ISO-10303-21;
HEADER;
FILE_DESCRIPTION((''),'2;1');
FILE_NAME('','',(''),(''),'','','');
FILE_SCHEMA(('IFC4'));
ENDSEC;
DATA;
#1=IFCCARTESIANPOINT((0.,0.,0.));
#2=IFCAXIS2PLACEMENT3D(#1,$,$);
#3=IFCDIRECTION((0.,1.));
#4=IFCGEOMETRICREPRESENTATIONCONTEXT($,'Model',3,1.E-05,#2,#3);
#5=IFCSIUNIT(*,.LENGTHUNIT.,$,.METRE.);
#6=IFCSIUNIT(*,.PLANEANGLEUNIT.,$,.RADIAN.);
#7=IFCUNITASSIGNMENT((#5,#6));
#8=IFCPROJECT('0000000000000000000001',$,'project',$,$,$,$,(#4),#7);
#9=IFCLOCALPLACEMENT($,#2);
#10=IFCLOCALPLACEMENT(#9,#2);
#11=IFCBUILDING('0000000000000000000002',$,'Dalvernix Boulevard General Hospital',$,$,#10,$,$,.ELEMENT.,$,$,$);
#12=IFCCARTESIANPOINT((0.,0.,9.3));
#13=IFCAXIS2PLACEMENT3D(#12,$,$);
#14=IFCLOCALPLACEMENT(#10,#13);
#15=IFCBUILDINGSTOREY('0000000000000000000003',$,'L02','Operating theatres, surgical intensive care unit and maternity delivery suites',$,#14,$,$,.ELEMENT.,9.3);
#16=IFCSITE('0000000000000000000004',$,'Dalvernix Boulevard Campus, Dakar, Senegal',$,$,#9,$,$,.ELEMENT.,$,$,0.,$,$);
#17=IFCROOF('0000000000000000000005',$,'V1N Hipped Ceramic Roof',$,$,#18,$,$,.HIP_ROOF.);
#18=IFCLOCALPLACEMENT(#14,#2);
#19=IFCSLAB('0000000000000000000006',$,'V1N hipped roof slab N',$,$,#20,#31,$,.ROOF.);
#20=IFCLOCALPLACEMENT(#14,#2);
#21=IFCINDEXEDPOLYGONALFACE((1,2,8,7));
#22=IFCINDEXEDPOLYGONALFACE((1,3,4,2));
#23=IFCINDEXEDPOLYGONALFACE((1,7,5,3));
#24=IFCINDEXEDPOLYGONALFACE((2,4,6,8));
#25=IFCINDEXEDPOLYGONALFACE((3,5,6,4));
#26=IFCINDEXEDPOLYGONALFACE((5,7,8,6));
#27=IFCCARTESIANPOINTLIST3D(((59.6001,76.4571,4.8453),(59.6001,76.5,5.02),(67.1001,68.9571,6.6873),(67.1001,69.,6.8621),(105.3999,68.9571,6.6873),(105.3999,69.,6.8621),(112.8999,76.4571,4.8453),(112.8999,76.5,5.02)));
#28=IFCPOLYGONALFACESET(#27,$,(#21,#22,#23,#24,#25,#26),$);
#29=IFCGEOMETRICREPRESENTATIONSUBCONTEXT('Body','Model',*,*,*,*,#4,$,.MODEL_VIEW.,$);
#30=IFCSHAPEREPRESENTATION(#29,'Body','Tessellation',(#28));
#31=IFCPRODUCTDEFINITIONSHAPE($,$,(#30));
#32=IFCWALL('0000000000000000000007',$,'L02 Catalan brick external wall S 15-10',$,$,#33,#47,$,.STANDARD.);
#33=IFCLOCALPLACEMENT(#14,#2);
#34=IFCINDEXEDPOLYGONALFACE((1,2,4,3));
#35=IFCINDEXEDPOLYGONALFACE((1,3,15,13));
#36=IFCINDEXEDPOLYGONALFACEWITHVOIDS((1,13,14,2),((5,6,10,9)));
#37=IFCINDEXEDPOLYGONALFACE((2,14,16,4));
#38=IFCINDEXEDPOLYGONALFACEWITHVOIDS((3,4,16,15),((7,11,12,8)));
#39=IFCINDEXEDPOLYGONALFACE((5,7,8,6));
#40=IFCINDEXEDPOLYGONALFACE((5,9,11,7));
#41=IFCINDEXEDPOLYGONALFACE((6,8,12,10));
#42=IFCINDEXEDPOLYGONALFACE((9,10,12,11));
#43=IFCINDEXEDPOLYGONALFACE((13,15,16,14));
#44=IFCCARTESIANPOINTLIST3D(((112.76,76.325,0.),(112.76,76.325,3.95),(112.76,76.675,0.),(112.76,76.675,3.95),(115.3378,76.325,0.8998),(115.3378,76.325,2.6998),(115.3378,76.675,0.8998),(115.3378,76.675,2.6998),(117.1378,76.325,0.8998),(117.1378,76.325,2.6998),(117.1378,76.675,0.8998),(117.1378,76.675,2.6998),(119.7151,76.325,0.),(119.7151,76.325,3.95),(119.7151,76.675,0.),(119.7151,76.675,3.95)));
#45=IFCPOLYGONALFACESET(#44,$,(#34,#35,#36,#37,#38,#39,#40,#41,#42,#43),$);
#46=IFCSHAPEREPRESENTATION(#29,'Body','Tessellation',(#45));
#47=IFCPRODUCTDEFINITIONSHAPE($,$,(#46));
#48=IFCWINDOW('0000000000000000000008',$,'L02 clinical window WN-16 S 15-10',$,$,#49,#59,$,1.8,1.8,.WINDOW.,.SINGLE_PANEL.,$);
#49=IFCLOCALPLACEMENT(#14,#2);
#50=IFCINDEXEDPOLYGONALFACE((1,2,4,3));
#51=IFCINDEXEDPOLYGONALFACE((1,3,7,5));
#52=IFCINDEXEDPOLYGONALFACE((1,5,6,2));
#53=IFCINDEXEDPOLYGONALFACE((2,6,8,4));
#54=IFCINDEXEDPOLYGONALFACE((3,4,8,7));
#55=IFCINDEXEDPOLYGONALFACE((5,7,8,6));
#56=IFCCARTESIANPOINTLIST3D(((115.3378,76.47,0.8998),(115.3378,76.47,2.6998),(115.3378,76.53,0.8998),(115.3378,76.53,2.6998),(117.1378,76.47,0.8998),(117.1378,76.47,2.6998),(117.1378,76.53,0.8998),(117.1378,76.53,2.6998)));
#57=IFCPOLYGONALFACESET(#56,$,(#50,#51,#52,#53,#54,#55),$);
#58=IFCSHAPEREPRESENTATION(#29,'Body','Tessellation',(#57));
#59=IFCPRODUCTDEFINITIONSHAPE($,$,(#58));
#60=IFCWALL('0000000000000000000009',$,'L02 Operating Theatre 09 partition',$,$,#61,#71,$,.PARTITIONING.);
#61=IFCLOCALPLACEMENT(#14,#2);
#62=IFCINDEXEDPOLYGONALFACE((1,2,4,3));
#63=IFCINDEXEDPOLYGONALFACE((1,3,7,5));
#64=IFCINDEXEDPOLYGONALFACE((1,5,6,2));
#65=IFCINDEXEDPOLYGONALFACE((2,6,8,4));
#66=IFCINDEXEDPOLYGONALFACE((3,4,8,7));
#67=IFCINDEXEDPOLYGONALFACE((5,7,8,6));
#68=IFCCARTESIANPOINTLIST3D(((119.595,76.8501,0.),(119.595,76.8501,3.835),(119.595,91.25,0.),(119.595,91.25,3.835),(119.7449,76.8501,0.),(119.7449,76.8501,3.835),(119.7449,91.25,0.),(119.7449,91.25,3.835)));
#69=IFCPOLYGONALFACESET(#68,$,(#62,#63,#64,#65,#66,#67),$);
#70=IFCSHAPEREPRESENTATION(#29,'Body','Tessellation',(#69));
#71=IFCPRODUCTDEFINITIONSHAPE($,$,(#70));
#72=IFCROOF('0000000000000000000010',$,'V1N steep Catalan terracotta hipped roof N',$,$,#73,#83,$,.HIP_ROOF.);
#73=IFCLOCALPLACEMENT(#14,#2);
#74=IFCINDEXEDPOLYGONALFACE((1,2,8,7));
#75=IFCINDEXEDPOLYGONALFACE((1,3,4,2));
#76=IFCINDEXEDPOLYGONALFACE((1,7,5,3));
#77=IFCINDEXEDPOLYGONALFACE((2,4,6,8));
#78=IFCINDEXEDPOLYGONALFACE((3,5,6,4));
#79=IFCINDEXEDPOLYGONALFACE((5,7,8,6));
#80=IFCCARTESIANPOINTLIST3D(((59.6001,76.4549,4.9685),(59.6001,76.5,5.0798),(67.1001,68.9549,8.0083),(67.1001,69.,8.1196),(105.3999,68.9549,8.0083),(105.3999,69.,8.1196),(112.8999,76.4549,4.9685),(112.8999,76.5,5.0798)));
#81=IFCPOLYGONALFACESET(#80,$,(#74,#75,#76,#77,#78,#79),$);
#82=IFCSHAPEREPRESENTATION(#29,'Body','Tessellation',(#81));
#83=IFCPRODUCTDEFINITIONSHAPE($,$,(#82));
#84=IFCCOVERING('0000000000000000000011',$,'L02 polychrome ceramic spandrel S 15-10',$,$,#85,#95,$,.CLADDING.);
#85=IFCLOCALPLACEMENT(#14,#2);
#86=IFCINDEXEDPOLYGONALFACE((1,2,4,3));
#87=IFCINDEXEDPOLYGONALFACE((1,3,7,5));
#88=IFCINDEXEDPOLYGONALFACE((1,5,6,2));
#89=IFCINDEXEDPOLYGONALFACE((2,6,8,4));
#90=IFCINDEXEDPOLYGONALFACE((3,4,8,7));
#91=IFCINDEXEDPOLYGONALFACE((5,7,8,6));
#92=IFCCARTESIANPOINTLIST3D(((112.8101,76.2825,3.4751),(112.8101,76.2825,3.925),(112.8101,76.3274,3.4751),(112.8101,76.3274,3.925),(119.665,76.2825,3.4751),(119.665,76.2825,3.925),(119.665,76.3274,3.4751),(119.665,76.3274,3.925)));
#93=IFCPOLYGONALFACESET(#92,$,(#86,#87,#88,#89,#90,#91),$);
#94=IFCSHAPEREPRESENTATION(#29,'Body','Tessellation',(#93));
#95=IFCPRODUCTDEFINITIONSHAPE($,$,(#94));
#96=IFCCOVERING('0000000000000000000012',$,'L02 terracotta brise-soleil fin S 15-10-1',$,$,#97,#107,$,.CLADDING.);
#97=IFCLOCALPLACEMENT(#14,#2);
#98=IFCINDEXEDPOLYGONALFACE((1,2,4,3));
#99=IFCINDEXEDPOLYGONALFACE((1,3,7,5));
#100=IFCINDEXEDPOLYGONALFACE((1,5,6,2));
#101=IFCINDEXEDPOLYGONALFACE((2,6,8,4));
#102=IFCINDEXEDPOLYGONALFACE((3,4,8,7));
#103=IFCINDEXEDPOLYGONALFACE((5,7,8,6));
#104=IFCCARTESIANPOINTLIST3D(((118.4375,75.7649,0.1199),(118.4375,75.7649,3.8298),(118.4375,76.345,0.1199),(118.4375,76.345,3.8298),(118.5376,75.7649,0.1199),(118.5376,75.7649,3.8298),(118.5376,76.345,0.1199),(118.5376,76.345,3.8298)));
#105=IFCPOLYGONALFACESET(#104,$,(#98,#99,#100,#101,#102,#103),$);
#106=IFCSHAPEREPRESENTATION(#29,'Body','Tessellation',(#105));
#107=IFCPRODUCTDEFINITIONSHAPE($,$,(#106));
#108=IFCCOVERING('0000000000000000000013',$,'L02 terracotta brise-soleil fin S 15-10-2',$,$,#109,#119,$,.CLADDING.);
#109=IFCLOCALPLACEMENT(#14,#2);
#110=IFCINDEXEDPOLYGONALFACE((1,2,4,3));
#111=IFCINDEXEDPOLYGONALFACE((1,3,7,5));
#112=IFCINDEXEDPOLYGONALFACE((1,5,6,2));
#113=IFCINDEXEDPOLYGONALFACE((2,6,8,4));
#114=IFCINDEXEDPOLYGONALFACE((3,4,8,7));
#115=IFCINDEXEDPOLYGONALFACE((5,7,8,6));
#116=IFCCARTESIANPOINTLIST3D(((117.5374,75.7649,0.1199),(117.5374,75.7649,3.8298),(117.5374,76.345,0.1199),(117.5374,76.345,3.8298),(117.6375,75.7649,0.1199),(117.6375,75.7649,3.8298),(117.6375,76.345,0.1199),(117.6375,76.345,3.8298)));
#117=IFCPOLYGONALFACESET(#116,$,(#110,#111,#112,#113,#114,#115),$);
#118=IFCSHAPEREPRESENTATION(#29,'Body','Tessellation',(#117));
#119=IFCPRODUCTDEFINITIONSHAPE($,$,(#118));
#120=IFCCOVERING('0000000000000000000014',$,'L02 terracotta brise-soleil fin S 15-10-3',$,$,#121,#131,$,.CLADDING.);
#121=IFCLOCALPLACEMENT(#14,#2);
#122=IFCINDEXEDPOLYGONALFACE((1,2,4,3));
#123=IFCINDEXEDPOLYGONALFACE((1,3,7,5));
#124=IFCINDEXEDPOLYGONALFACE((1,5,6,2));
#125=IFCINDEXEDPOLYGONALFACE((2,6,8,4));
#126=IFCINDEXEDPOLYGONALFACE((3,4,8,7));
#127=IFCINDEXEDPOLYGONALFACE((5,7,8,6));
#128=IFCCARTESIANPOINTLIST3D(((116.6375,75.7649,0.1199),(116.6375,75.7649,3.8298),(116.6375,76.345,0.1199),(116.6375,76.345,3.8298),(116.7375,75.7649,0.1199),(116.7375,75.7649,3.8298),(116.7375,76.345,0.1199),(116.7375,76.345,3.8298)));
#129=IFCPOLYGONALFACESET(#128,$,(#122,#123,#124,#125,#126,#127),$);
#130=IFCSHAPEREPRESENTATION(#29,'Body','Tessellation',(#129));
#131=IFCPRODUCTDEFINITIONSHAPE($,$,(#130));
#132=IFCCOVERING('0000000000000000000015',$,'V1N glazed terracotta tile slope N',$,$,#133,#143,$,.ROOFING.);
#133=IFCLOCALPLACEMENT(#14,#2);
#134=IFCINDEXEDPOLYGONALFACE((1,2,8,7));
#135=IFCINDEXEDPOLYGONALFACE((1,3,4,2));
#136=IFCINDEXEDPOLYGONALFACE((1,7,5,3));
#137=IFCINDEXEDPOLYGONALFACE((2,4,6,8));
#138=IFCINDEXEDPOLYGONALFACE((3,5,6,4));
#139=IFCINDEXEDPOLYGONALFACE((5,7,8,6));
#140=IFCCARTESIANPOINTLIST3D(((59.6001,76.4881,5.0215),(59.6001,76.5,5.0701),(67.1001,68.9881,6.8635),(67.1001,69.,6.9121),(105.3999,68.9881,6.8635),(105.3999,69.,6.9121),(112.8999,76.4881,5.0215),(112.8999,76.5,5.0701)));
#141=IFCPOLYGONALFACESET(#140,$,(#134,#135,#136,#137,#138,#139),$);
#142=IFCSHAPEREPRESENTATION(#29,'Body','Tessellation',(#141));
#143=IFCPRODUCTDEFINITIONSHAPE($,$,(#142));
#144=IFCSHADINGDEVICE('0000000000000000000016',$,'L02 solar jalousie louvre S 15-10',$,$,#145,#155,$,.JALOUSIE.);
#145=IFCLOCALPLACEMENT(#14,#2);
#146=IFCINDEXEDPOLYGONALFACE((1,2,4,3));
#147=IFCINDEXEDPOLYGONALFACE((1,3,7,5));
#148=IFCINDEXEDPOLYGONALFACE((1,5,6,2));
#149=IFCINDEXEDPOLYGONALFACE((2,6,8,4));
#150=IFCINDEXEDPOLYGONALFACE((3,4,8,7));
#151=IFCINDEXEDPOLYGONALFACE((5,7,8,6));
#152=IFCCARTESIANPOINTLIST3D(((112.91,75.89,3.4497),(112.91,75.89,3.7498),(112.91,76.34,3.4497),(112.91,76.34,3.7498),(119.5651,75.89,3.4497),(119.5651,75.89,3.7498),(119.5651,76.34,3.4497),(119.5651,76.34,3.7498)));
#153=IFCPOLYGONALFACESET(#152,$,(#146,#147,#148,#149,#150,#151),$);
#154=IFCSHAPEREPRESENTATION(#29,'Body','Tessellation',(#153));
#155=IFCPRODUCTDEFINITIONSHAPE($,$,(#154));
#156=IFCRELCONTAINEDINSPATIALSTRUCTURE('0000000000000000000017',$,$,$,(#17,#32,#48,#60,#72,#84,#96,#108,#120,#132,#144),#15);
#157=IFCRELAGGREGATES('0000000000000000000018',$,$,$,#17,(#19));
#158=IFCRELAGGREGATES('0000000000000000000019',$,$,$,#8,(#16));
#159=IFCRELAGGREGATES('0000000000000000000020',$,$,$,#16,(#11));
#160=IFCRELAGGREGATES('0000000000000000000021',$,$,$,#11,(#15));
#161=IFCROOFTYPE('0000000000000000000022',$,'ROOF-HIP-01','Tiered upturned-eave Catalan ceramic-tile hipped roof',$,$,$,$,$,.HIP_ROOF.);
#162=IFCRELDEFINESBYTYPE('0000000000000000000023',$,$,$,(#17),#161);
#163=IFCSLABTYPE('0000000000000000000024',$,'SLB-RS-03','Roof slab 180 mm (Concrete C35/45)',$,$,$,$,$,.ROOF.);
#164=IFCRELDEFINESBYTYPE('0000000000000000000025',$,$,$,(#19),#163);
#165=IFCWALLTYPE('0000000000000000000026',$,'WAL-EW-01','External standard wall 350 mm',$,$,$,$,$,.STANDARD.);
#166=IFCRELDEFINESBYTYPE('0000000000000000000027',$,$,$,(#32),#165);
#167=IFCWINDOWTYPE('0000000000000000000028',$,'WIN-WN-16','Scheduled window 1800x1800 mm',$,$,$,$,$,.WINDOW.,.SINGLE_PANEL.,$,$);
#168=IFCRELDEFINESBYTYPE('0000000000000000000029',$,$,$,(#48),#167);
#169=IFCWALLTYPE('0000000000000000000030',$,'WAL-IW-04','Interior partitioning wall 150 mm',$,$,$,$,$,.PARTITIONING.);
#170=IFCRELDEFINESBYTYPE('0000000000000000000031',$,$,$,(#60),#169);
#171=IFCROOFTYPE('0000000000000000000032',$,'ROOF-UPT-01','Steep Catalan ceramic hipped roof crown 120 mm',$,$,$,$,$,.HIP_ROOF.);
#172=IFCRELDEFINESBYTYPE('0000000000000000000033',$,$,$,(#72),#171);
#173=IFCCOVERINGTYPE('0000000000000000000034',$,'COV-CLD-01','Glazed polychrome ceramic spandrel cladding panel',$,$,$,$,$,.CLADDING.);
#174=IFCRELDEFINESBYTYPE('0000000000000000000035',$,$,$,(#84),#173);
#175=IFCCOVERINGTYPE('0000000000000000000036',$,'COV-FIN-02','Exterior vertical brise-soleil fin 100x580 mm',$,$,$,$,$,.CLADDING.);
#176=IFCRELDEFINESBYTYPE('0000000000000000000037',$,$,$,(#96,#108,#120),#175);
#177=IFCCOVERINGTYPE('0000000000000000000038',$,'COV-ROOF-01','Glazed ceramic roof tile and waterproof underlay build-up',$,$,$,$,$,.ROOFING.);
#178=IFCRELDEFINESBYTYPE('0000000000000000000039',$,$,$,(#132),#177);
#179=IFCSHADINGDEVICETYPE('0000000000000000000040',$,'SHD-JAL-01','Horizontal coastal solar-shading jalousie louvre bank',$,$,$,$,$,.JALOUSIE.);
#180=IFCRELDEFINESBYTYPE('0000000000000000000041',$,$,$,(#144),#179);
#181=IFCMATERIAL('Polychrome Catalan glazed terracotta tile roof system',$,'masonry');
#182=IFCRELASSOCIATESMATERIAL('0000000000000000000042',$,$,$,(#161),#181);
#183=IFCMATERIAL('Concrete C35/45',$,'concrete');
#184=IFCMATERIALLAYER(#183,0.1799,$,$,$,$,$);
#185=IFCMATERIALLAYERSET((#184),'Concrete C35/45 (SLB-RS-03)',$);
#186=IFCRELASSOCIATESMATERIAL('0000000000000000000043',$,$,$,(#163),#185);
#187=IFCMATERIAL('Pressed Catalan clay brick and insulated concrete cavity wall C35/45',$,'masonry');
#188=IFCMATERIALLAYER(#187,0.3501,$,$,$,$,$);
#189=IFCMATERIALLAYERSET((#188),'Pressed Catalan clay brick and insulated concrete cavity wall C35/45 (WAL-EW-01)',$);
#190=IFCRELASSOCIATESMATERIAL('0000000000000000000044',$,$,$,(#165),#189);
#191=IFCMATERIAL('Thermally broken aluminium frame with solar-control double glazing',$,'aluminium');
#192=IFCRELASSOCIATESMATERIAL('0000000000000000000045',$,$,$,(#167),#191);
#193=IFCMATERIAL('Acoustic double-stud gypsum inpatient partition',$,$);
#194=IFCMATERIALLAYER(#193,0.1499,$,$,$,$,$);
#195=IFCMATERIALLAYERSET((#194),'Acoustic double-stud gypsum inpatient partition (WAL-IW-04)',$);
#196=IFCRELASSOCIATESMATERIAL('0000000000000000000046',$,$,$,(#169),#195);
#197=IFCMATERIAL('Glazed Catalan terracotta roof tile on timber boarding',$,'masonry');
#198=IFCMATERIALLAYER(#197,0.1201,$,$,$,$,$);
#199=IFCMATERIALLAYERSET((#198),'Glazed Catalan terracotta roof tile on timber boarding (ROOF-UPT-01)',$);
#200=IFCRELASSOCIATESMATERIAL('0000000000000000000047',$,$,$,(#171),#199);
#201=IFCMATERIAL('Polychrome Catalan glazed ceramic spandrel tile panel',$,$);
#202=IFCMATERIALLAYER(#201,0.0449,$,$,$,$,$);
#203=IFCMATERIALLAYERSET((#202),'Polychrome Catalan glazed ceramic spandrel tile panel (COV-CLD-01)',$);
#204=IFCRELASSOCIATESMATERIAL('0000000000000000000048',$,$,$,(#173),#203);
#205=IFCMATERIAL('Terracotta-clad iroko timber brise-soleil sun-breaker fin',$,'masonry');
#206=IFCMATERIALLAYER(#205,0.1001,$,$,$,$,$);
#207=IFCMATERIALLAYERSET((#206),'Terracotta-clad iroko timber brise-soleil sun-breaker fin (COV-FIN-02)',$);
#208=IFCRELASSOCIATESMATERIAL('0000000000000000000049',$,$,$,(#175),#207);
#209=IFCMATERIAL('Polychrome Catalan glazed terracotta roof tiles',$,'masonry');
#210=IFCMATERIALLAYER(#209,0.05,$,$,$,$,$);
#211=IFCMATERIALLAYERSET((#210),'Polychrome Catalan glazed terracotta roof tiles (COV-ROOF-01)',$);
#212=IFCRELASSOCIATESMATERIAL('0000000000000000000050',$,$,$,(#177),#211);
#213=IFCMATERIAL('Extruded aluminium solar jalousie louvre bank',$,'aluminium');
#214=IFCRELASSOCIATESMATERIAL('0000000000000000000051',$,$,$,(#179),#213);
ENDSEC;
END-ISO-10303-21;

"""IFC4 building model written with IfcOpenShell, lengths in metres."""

from ifc_helpers import new_model, si_unit, direction, frame, frame_2d, origin, origin_2d, place, context, subcontext, project, spatial, polyline, rectangle, outline, extrude, material, layer, layer_set, type_object, element, fill, aggregate, save


model = new_model("IFC4")

# Units and contexts
model_context = context("Model", 3, precision=1e-05, world=origin(), true_north=direction((0.0, 1.0)))
body_context = subcontext(model_context, "Body", "Model", "MODEL_VIEW")
ifc_project = project(units=[si_unit("LENGTHUNIT", "METRE"), si_unit("PLANEANGLEUNIT", "RADIAN")], contexts=[model_context])

# Site, building, storey
site_placement = place(None, origin())
site = spatial("IfcSite", under=ifc_project, at=site_placement, Name="Dalvernix Boulevard Campus, Dakar, Senegal", CompositionType="ELEMENT", RefElevation=0.0)
building_placement = place(site_placement, origin())
building = spatial("IfcBuilding", under=site, at=building_placement, Name="Dalvernix Boulevard General Hospital", CompositionType="ELEMENT")
storey_placement = place(building_placement, frame((0.0, 0.0, 9.3)))
storey = spatial("IfcBuildingStorey", under=building, at=storey_placement, Name="L02", Description="Operating theatres, surgical intensive care unit and maternity delivery suites", CompositionType="ELEMENT", Elevation=9.3)

# Shared definitions
ifc_material_1 = material(Name="Concrete C35/45", Category="concrete")

# Roof, slab
ifc_material_2 = material(Name="Polychrome Catalan glazed terracotta tile roof system", Category="masonry")
roof_type_1 = type_object("IfcRoofType", Name="ROOF-HIP-01", Description="Tiered upturned-eave Catalan ceramic-tile hipped roof", PredefinedType="HIP_ROOF", material=ifc_material_2)
roof_1_placement = place(storey_placement, origin())
roof_1 = element("IfcRoof", 1, at=roof_1_placement, inside=storey, type_object=roof_type_1, Name="V1N Hipped Ceramic Roof", PredefinedType="HIP_ROOF")
ifc_layer_1 = layer(ifc_material_1, 0.1799)
ifc_layer_set_1 = layer_set([ifc_layer_1], Name="Concrete C35/45 (SLB-RS-03)")
slab_type = type_object("IfcSlabType", Name="SLB-RS-03", Description="Roof slab 180 mm (Concrete C35/45)", PredefinedType="ROOF", material=ifc_layer_set_1)
slab_placement = place(storey_placement, frame((112.8999, 76.5, 5.02), z_axis=(0.0, 0.238517, 0.971138), x_axis=(-1.0, 0.0, 0.0)))
slab = element("IfcSlab", 2, at=slab_placement, type_object=slab_type, Name="V1N hipped roof slab N", PredefinedType="ROOF", context=body_context, shape_type="SweptSolid", body=[
    extrude(outline(polyline([(0.0, 0.0), (53.2998, 0.0), (45.7998, 7.7229), (7.5, 7.7229), (0.0, 0.0)])), origin(), (0.0, 0.0, -1.0), 0.1799),
])
aggregate(roof_1, [slab])

# Wall, opening, window
ifc_material_3 = material(Name="Pressed Catalan clay brick and insulated concrete cavity wall C35/45", Category="masonry")
ifc_layer_2 = layer(ifc_material_3, 0.3501)
ifc_layer_set_2 = layer_set([ifc_layer_2], Name="Pressed Catalan clay brick and insulated concrete cavity wall C35/45 (WAL-EW-01)")
wall_type_1 = type_object("IfcWallType", Name="WAL-EW-01", Description="External standard wall 350 mm", PredefinedType="STANDARD", material=ifc_layer_set_2)
wall_1_placement = place(storey_placement, frame((119.7151, 76.5, 0.0), z_axis=(0.0, 0.0, 1.0), x_axis=(-1.0, 0.0, 0.0)))
wall_1 = element("IfcWall", 3, at=wall_1_placement, inside=storey, type_object=wall_type_1, Name="L02 Catalan brick external wall S 15-10", PredefinedType="STANDARD", context=body_context, shape_type="SweptSolid", body=[
    extrude(rectangle(XDim=6.9551, YDim=0.3501, at=frame_2d((3.4775, 0.0))), origin(), (0.0, 0.0, 1.0), 3.95),
])
opening_placement = place(wall_1_placement, frame((2.5774, 0.0, 0.8999)))
opening = element("IfcOpeningElement", 4, at=opening_placement, cuts=wall_1, PredefinedType="OPENING", context=body_context, shape_type="SweptSolid", body=[
    extrude(rectangle(XDim=1.8, YDim=1.8, at=frame_2d((0.8999, 0.8999))), frame((0.0, 0.1851, 0.0), z_axis=(0.0, -1.0, 0.0), x_axis=(1.0, 0.0, 0.0)), (0.0, 0.0, 1.0), 0.3701),
])
ifc_material_4 = material(Name="Thermally broken aluminium frame with solar-control double glazing", Category="aluminium")
window_type = type_object("IfcWindowType", Name="WIN-WN-16", Description="Scheduled window 1800x1800 mm", PartitioningType="SINGLE_PANEL", PredefinedType="WINDOW", material=ifc_material_4)
window_placement = place(opening_placement, origin())
window = element("IfcWindow", 5, at=window_placement, inside=storey, type_object=window_type, Name="L02 clinical window WN-16 S 15-10", OverallHeight=1.8, OverallWidth=1.8, PartitioningType="SINGLE_PANEL", PredefinedType="WINDOW", context=body_context, shape_type="SweptSolid", body=[
    extrude(rectangle(XDim=1.8, YDim=1.8, at=frame_2d((0.8999, 0.8999))), frame((0.0, 0.03, 0.0), z_axis=(0.0, -1.0, 0.0), x_axis=(1.0, 0.0, 0.0)), (0.0, 0.0, 1.0), 0.0601),
])
fill(opening, window)

# Wall
ifc_material_5 = material(Name="Acoustic double-stud gypsum inpatient partition")
ifc_layer_3 = layer(ifc_material_5, 0.1499)
ifc_layer_set_3 = layer_set([ifc_layer_3], Name="Acoustic double-stud gypsum inpatient partition (WAL-IW-04)")
wall_type_2 = type_object("IfcWallType", Name="WAL-IW-04", Description="Interior partitioning wall 150 mm", PredefinedType="PARTITIONING", material=ifc_layer_set_3)
wall_2_placement = place(storey_placement, frame((119.6699, 76.8501, 0.0), z_axis=(0.0, 0.0, 1.0), x_axis=(0.0, 1.0, 0.0)))
element("IfcWall", 6, at=wall_2_placement, inside=storey, type_object=wall_type_2, Name="L02 Operating Theatre 09 partition", PredefinedType="PARTITIONING", context=body_context, shape_type="SweptSolid", body=[
    extrude(rectangle(XDim=14.3999, YDim=0.1499, at=frame_2d((7.2, 0.0))), origin(), (0.0, 0.0, 1.0), 3.835),
])

# Roof
ifc_material_6 = material(Name="Glazed Catalan terracotta roof tile on timber boarding", Category="masonry")
ifc_layer_4 = layer(ifc_material_6, 0.1201)
ifc_layer_set_4 = layer_set([ifc_layer_4], Name="Glazed Catalan terracotta roof tile on timber boarding (ROOF-UPT-01)")
roof_type_2 = type_object("IfcRoofType", Name="ROOF-UPT-01", Description="Steep Catalan ceramic hipped roof crown 120 mm", PredefinedType="HIP_ROOF", material=ifc_layer_set_4)
roof_2_placement = place(storey_placement, frame((112.8999, 76.5, 5.0798), z_axis=(0.0, 0.375626, 0.926771), x_axis=(-1.0, 0.0, 0.0)))
element("IfcRoof", 7, at=roof_2_placement, inside=storey, type_object=roof_type_2, Name="V1N steep Catalan terracotta hipped roof N", PredefinedType="HIP_ROOF", context=body_context, shape_type="SweptSolid", body=[
    extrude(outline(polyline([(0.0, 0.0), (53.2998, 0.0), (45.7998, 8.0926), (7.5, 8.0926), (0.0, 0.0)])), origin(), (0.0, 0.0, -1.0), 0.1201),
])

# Coverings
ifc_material_7 = material(Name="Polychrome Catalan glazed ceramic spandrel tile panel")
ifc_layer_5 = layer(ifc_material_7, 0.0449)
ifc_layer_set_5 = layer_set([ifc_layer_5], Name="Polychrome Catalan glazed ceramic spandrel tile panel (COV-CLD-01)")
covering_type_1 = type_object("IfcCoveringType", Name="COV-CLD-01", Description="Glazed polychrome ceramic spandrel cladding panel", PredefinedType="CLADDING", material=ifc_layer_set_5)
covering_1_placement = place(storey_placement, frame((116.2375, 76.3049, 3.4751), z_axis=(0.0, 0.0, 1.0), x_axis=(-1.0, 0.0, 0.0)))
element("IfcCovering", 8, at=covering_1_placement, inside=storey, type_object=covering_type_1, Name="L02 polychrome ceramic spandrel S 15-10", PredefinedType="CLADDING", context=body_context, shape_type="SweptSolid", body=[
    extrude(rectangle(XDim=6.855, YDim=0.0449, at=origin_2d()), origin(), (0.0, 0.0, 1.0), 0.45),
])
ifc_material_8 = material(Name="Terracotta-clad iroko timber brise-soleil sun-breaker fin", Category="masonry")
ifc_layer_6 = layer(ifc_material_8, 0.1001)
ifc_layer_set_6 = layer_set([ifc_layer_6], Name="Terracotta-clad iroko timber brise-soleil sun-breaker fin (COV-FIN-02)")
covering_type_2 = type_object("IfcCoveringType", Name="COV-FIN-02", Description="Exterior vertical brise-soleil fin 100x580 mm", PredefinedType="CLADDING", material=ifc_layer_set_6)
for number, where, z_axis, x_axis, name in (
    (9, (118.4875, 76.0549, 0.1199), (0.0, 0.0, 1.0), (-1.0, 0.0, 0.0), "L02 terracotta brise-soleil fin S 15-10-1"),
    (10, (117.5874, 76.0549, 0.1199), (0.0, 0.0, 1.0), (-1.0, 0.0, 0.0), "L02 terracotta brise-soleil fin S 15-10-2"),
    (11, (116.6875, 76.0549, 0.1199), (0.0, 0.0, 1.0), (-1.0, 0.0, 0.0), "L02 terracotta brise-soleil fin S 15-10-3"),
):
    element("IfcCovering", number, at=place(storey_placement, frame(where, z_axis=z_axis, x_axis=x_axis)), inside=storey, type_object=covering_type_2, Name=name, PredefinedType="CLADDING", context=body_context, shape_type="SweptSolid", body=[
        extrude(rectangle(XDim=0.1001, YDim=0.5801, at=origin_2d()), origin(), (0.0, 0.0, 1.0), 3.71),
    ])
ifc_material_9 = material(Name="Polychrome Catalan glazed terracotta roof tiles", Category="masonry")
ifc_layer_7 = layer(ifc_material_9, 0.05)
ifc_layer_set_7 = layer_set([ifc_layer_7], Name="Polychrome Catalan glazed terracotta roof tiles (COV-ROOF-01)")
covering_type_3 = type_object("IfcCoveringType", Name="COV-ROOF-01", Description="Glazed ceramic roof tile and waterproof underlay build-up", PredefinedType="ROOFING", material=ifc_layer_set_7)
covering_2_placement = place(storey_placement, frame((112.8999, 76.5, 5.0701), z_axis=(0.0, 0.238517, 0.971138), x_axis=(-1.0, 0.0, 0.0)))
element("IfcCovering", 12, at=covering_2_placement, inside=storey, type_object=covering_type_3, Name="V1N glazed terracotta tile slope N", PredefinedType="ROOFING", context=body_context, shape_type="SweptSolid", body=[
    extrude(outline(polyline([(0.0, 0.0), (53.2998, 0.0), (45.7998, 7.7229), (7.5, 7.7229), (0.0, 0.0)])), origin(), (0.0, 0.0, -1.0), 0.05),
])

# Shading device
ifc_material_10 = material(Name="Extruded aluminium solar jalousie louvre bank", Category="aluminium")
shading_device_type = type_object("IfcShadingDeviceType", Name="SHD-JAL-01", Description="Horizontal coastal solar-shading jalousie louvre bank", PredefinedType="JALOUSIE", material=ifc_material_10)
shading_device_placement = place(storey_placement, frame((116.2375, 76.115, 3.4497), z_axis=(0.0, 0.0, 1.0), x_axis=(-1.0, 0.0, 0.0)))
element("IfcShadingDevice", 13, at=shading_device_placement, inside=storey, type_object=shading_device_type, Name="L02 solar jalousie louvre S 15-10", PredefinedType="JALOUSIE", context=body_context, shape_type="SweptSolid", body=[
    extrude(rectangle(XDim=6.655, YDim=0.45, at=origin_2d()), origin(), (0.0, 0.0, 1.0), 0.3),
])

save(model, "model.ifc")
